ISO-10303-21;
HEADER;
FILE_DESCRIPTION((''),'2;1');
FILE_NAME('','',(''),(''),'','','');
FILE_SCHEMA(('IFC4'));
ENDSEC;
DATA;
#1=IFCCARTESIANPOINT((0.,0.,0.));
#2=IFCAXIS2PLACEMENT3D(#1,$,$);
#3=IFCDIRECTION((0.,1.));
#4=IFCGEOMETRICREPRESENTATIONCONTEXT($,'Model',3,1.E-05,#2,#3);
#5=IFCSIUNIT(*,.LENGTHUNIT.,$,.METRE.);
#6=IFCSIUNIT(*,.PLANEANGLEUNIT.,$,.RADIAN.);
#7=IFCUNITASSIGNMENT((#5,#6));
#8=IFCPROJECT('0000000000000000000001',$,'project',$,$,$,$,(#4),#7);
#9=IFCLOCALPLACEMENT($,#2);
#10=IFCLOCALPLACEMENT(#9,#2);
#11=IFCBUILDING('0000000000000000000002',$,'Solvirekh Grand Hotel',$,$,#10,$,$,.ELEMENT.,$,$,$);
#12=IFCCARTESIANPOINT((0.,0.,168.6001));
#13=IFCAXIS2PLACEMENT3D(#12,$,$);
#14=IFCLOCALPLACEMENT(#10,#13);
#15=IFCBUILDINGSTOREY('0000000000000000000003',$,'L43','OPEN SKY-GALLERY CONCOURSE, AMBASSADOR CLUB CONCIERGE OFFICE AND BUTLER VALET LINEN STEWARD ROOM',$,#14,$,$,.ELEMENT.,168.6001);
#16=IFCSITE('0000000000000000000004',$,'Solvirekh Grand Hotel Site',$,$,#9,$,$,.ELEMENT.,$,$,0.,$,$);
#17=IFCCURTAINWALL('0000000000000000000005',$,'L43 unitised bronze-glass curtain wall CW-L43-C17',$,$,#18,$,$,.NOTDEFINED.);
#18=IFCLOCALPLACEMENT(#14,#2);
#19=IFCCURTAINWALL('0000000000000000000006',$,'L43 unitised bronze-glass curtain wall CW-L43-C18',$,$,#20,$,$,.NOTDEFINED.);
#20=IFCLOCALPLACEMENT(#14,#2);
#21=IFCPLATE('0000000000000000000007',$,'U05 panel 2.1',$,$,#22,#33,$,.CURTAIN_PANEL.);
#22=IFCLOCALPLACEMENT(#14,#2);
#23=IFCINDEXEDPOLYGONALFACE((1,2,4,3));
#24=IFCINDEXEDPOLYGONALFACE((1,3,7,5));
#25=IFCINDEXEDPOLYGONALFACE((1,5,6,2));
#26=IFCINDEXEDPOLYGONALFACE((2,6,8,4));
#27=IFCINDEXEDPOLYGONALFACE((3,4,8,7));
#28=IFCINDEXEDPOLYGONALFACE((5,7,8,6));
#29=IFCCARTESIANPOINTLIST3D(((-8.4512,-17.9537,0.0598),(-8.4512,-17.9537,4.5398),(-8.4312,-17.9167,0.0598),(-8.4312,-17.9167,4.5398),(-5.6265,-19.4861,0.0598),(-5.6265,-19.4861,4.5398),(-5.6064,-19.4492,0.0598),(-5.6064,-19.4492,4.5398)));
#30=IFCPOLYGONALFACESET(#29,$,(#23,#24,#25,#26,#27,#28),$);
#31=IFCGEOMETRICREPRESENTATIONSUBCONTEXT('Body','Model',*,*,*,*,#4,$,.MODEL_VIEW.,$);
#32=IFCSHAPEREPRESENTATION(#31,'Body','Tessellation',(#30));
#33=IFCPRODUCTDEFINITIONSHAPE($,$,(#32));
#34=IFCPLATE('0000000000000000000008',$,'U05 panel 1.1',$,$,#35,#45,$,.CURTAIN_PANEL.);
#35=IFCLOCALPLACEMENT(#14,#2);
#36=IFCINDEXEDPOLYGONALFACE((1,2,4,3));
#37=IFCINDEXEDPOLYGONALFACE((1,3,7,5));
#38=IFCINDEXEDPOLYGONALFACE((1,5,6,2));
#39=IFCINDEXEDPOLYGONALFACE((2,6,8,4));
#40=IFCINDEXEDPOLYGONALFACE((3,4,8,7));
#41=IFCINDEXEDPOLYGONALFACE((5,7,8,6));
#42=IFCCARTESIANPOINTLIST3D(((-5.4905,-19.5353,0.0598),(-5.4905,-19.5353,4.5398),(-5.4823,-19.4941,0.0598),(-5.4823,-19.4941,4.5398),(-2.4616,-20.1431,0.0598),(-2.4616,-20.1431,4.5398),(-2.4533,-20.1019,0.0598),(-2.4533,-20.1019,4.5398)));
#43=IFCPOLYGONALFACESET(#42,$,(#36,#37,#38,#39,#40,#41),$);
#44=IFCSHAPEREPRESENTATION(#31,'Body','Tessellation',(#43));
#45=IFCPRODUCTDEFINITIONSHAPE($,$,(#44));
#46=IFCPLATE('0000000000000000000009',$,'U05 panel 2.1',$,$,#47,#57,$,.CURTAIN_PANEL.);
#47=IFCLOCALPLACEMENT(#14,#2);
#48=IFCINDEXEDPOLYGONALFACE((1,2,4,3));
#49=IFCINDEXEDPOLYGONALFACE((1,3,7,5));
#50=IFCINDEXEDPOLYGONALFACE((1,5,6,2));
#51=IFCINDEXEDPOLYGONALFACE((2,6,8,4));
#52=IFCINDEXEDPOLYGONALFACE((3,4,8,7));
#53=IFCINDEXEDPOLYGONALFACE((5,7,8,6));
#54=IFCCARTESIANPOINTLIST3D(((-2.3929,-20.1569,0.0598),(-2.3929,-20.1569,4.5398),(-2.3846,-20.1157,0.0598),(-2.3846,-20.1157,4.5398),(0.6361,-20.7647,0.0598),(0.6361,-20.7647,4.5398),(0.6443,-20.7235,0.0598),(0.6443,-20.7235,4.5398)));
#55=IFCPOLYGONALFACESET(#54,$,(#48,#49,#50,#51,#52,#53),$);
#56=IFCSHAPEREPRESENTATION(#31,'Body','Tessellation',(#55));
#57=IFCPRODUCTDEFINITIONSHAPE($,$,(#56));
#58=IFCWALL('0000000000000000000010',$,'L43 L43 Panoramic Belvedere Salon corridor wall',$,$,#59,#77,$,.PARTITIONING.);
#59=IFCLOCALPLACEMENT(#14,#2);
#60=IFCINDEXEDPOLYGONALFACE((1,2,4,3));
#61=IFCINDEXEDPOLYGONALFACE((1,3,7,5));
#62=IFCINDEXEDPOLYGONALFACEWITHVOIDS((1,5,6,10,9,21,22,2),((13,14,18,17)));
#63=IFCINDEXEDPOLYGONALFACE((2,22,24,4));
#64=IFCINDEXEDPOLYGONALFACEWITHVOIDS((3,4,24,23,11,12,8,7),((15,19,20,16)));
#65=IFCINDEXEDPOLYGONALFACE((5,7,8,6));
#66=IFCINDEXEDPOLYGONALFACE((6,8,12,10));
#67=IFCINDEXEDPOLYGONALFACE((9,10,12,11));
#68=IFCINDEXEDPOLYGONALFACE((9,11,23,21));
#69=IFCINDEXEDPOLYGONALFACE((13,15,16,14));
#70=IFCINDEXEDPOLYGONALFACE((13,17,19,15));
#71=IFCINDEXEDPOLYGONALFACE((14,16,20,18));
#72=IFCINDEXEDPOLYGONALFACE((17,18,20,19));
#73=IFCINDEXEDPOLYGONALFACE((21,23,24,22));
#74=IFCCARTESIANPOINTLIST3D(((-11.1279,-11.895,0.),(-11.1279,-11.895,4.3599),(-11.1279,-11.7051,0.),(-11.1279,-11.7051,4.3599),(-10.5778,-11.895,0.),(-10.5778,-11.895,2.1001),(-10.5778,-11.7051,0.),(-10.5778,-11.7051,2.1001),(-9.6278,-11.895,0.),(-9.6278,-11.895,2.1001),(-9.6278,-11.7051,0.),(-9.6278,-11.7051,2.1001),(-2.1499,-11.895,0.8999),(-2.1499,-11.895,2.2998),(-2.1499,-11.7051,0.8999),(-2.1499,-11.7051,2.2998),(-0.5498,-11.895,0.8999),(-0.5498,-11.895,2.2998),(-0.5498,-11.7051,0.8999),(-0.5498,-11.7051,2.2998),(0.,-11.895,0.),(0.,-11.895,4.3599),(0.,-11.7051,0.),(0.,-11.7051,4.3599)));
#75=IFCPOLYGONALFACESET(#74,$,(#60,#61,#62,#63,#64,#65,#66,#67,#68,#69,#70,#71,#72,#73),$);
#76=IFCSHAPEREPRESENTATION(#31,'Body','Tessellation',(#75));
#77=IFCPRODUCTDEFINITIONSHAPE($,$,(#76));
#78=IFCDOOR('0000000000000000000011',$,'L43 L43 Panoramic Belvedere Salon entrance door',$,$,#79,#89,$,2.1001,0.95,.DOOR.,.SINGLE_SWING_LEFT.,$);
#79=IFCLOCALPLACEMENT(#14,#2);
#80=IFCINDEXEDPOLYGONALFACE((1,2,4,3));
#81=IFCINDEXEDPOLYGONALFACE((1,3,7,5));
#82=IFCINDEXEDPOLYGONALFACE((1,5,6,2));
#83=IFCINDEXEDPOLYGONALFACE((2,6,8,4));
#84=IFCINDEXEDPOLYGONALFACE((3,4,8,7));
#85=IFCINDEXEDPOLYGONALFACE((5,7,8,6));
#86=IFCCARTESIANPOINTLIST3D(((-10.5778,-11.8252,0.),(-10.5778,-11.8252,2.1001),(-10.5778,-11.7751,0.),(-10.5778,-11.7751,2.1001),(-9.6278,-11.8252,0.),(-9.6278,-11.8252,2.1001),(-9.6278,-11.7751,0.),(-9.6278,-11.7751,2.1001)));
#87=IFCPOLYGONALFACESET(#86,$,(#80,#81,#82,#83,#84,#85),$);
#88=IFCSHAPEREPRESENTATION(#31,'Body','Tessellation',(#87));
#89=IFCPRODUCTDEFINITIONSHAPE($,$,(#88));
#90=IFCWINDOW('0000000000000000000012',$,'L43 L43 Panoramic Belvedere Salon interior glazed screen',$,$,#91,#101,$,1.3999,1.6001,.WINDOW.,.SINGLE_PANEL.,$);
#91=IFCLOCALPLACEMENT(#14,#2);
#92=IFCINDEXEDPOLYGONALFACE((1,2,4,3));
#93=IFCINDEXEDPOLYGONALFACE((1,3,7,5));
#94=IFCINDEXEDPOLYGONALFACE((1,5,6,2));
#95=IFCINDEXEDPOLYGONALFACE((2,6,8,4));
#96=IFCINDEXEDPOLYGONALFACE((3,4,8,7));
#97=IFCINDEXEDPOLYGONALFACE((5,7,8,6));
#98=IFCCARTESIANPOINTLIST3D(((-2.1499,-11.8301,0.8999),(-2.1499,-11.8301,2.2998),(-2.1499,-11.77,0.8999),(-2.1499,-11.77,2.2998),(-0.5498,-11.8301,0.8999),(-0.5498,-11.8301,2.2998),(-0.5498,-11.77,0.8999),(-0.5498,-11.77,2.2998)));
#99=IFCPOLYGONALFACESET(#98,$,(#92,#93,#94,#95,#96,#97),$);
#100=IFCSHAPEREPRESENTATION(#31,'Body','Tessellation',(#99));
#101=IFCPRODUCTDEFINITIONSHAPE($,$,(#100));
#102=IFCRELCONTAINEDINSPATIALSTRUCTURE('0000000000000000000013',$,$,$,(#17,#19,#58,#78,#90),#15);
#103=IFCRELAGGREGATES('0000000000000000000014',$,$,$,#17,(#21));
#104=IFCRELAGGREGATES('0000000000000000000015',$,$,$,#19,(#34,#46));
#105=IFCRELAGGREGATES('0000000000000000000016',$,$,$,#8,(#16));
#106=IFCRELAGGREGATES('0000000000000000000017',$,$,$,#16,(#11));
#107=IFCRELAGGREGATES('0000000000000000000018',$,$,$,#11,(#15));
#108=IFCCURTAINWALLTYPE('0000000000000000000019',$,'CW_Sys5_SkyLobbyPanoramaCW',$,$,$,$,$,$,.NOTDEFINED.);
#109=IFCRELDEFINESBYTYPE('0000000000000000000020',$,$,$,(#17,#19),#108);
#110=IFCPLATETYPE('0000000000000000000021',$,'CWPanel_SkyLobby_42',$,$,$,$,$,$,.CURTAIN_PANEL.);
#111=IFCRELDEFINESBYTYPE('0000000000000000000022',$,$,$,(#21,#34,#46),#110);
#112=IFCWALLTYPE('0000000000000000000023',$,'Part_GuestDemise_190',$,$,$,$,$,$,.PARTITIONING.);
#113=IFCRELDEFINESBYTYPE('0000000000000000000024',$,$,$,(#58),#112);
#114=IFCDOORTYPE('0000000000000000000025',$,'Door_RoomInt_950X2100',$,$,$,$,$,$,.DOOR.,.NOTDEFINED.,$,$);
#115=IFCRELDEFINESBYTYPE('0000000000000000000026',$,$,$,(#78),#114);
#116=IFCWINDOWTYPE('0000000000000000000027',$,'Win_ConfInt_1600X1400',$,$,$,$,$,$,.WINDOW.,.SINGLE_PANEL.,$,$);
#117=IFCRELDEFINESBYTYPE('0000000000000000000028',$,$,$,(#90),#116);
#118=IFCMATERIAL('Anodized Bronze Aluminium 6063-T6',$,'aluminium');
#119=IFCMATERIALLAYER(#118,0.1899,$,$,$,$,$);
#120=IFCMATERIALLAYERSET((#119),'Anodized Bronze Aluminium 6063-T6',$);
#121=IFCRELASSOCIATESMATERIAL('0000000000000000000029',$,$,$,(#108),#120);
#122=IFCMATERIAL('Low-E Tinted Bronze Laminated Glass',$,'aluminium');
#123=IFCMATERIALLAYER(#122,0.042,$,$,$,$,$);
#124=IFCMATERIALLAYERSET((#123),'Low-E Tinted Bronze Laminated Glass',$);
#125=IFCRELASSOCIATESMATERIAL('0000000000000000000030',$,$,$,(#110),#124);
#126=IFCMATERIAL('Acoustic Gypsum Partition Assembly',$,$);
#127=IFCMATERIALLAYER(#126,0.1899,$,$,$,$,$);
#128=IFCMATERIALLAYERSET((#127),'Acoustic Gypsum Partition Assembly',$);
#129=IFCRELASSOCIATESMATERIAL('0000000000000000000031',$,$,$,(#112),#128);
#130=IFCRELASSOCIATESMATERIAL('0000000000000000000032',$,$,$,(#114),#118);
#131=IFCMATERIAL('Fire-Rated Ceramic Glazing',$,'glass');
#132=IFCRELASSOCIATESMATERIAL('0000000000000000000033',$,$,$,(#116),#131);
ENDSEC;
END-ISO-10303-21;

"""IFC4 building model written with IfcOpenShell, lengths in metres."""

from ifc_helpers import new_model, si_unit, direction, frame, frame_2d, origin, origin_2d, place, context, subcontext, project, spatial, rectangle, extrude, source, transform, mapped, material, layer, layer_set, type_object, element, fill, aggregate, save


model = new_model("IFC4")

# Units and contexts
model_context = context("Model", 3, precision=1e-05, world=origin(), true_north=direction((0.0, 1.0)))
body_context = subcontext(model_context, "Body", "Model", "MODEL_VIEW")
ifc_project = project(units=[si_unit("LENGTHUNIT", "METRE"), si_unit("PLANEANGLEUNIT", "RADIAN")], contexts=[model_context])

# Site, building, storey
site_placement = place(None, origin())
site = spatial("IfcSite", under=ifc_project, at=site_placement, Name="Solvirekh Grand Hotel Site", CompositionType="ELEMENT", RefElevation=0.0)
building_placement = place(site_placement, origin())
building = spatial("IfcBuilding", under=site, at=building_placement, Name="Solvirekh Grand Hotel", CompositionType="ELEMENT")
storey_placement = place(building_placement, frame((0.0, 0.0, 168.6001)))
storey = spatial("IfcBuildingStorey", under=building, at=storey_placement, Name="L43", Description="OPEN SKY-GALLERY CONCOURSE, AMBASSADOR CLUB CONCIERGE OFFICE AND BUTLER VALET LINEN STEWARD ROOM", CompositionType="ELEMENT", Elevation=168.6001)

# Curtain walls
ifc_material_1 = material(Name="Anodized Bronze Aluminium 6063-T6", Category="aluminium")
ifc_layer_1 = layer(ifc_material_1, 0.1899)
ifc_layer_set_1 = layer_set([ifc_layer_1], Name="Anodized Bronze Aluminium 6063-T6")
curtain_wall_type = type_object("IfcCurtainWallType", Name="CW_Sys5_SkyLobbyPanoramaCW", PredefinedType="NOTDEFINED", material=ifc_layer_set_1)
curtain_wall_1_placement = place(storey_placement, origin())
curtain_wall_1 = element("IfcCurtainWall", 1, at=curtain_wall_1_placement, inside=storey, type_object=curtain_wall_type, Name="L43 unitised bronze-glass curtain wall CW-L43-C17", PredefinedType="NOTDEFINED")
curtain_wall_2_placement = place(storey_placement, origin())
curtain_wall_2 = element("IfcCurtainWall", 2, at=curtain_wall_2_placement, inside=storey, type_object=curtain_wall_type, Name="L43 unitised bronze-glass curtain wall CW-L43-C18", PredefinedType="NOTDEFINED")

# Plates
ifc_material_2 = material(Name="Low-E Tinted Bronze Laminated Glass", Category="aluminium")
ifc_layer_2 = layer(ifc_material_2, 0.042)
ifc_layer_set_2 = layer_set([ifc_layer_2], Name="Low-E Tinted Bronze Laminated Glass")
plate_type = type_object("IfcPlateType", Name="CWPanel_SkyLobby_42", PredefinedType="CURTAIN_PANEL", material=ifc_layer_set_2)
shared_shape_1 = source(origin(), body_context, "Body", "SweptSolid", [
    extrude(rectangle(XDim=3.2136, YDim=0.042, at=origin_2d()), origin(), (0.0, 0.0, 1.0), 4.48),
])
plate_1_placement = place(storey_placement, frame((-7.0288, -18.7014, 0.0598), z_axis=(0.0, 0.0, 1.0), x_axis=(0.878982, -0.476856, 0.0)))
plate_1 = element("IfcPlate", 3, at=plate_1_placement, type_object=plate_type, Name="U05 panel 2.1", PredefinedType="CURTAIN_PANEL", context=body_context, shape_type="MappedRepresentation", body=[
    mapped(shared_shape_1, transform((0.0, 0.0, 0.0), x_axis=(1.0, 0.0, 0.0), y_axis=(0.0, 1.0, 0.0), z_axis=(0.0, 0.0, 1.0), scale=1.0)),
])
aggregate(curtain_wall_1, [plate_1])
shared_shape_2 = source(origin(), body_context, "Body", "SweptSolid", [
    extrude(rectangle(XDim=3.0894, YDim=0.042, at=origin_2d()), origin(), (0.0, 0.0, 1.0), 4.48),
])
plate_2_placement = place(storey_placement, frame((-3.9719, -19.8186, 0.0598), z_axis=(0.0, 0.0, 1.0), x_axis=(0.980454, -0.196748, 0.0)))
plate_2 = element("IfcPlate", 4, at=plate_2_placement, type_object=plate_type, Name="U05 panel 1.1", PredefinedType="CURTAIN_PANEL", context=body_context, shape_type="MappedRepresentation", body=[
    mapped(shared_shape_2, transform((0.0, 0.0, 0.0), x_axis=(1.0, 0.0, 0.0), y_axis=(0.0, 1.0, 0.0), z_axis=(0.0, 0.0, 1.0), scale=1.0)),
])
plate_3_placement = place(storey_placement, frame((-0.8743, -20.4402, 0.0598), z_axis=(0.0, 0.0, 1.0), x_axis=(0.980454, -0.196748, 0.0)))
plate_3 = element("IfcPlate", 5, at=plate_3_placement, type_object=plate_type, Name="U05 panel 2.1", PredefinedType="CURTAIN_PANEL", context=body_context, shape_type="MappedRepresentation", body=[
    mapped(shared_shape_2, transform((0.0, 0.0, 0.0), x_axis=(1.0, 0.0, 0.0), y_axis=(0.0, 1.0, 0.0), z_axis=(0.0, 0.0, 1.0), scale=1.0)),
])
aggregate(curtain_wall_2, [plate_2, plate_3])

# Wall, openings, door, window
ifc_material_3 = material(Name="Acoustic Gypsum Partition Assembly")
ifc_layer_3 = layer(ifc_material_3, 0.1899)
ifc_layer_set_3 = layer_set([ifc_layer_3], Name="Acoustic Gypsum Partition Assembly")
wall_type = type_object("IfcWallType", Name="Part_GuestDemise_190", PredefinedType="PARTITIONING", material=ifc_layer_set_3)
wall_placement = place(storey_placement, frame((-11.1279, -11.8, 0.0), z_axis=(0.0, 0.0, 1.0), x_axis=(1.0, 0.0, 0.0)))
wall = element("IfcWall", 6, at=wall_placement, inside=storey, type_object=wall_type, Name="L43 L43 Panoramic Belvedere Salon corridor wall", PredefinedType="PARTITIONING", context=body_context, shape_type="SweptSolid", body=[
    extrude(rectangle(XDim=11.1279, YDim=0.1899, at=frame_2d((5.564, 0.0))), origin(), (0.0, 0.0, 1.0), 4.3599),
])
opening_1_placement = place(wall_placement, frame((0.55, 0.0, 0.0)))
opening_1 = element("IfcOpeningElement", 7, at=opening_1_placement, cuts=wall, PredefinedType="OPENING", context=body_context, shape_type="SweptSolid", body=[
    extrude(rectangle(XDim=0.95, YDim=2.1001, at=frame_2d((0.4751, 1.05))), frame((0.0, 0.105, 0.0), z_axis=(0.0, -1.0, 0.0), x_axis=(1.0, 0.0, 0.0)), (0.0, 0.0, 1.0), 0.21),
])
opening_2_placement = place(wall_placement, frame((8.978, 0.0, 0.8999)))
opening_2 = element("IfcOpeningElement", 8, at=opening_2_placement, cuts=wall, PredefinedType="OPENING", context=body_context, shape_type="SweptSolid", body=[
    extrude(rectangle(XDim=1.6001, YDim=1.3999, at=frame_2d((0.8, 0.7))), frame((0.0, 0.105, 0.0), z_axis=(0.0, -1.0, 0.0), x_axis=(1.0, 0.0, 0.0)), (0.0, 0.0, 1.0), 0.21),
])
door_type = type_object("IfcDoorType", Name="Door_RoomInt_950X2100", OperationType="NOTDEFINED", PredefinedType="DOOR", material=ifc_material_1)
door_placement = place(opening_1_placement, origin())
door = element("IfcDoor", 9, at=door_placement, inside=storey, type_object=door_type, Name="L43 L43 Panoramic Belvedere Salon entrance door", OperationType="SINGLE_SWING_LEFT", OverallHeight=2.1001, OverallWidth=0.95, PredefinedType="DOOR", context=body_context, shape_type="SweptSolid", body=[
    extrude(rectangle(XDim=0.95, YDim=2.1001, at=frame_2d((0.4751, 1.05))), frame((0.0, 0.0249, 0.0), z_axis=(0.0, -1.0, 0.0), x_axis=(1.0, 0.0, 0.0)), (0.0, 0.0, 1.0), 0.05),
])
fill(opening_1, door)
ifc_material_4 = material(Name="Fire-Rated Ceramic Glazing", Category="glass")
window_type = type_object("IfcWindowType", Name="Win_ConfInt_1600X1400", PartitioningType="SINGLE_PANEL", PredefinedType="WINDOW", material=ifc_material_4)
window_placement = place(opening_2_placement, origin())
window = element("IfcWindow", 10, at=window_placement, inside=storey, type_object=window_type, Name="L43 L43 Panoramic Belvedere Salon interior glazed screen", OverallHeight=1.3999, OverallWidth=1.6001, PartitioningType="SINGLE_PANEL", PredefinedType="WINDOW", context=body_context, shape_type="SweptSolid", body=[
    extrude(rectangle(XDim=1.6001, YDim=1.3999, at=frame_2d((0.8, 0.7))), frame((0.0, 0.03, 0.0), z_axis=(0.0, -1.0, 0.0), x_axis=(1.0, 0.0, 0.0)), (0.0, 0.0, 1.0), 0.0601),
])
fill(opening_2, window)

save(model, "model.ifc")
